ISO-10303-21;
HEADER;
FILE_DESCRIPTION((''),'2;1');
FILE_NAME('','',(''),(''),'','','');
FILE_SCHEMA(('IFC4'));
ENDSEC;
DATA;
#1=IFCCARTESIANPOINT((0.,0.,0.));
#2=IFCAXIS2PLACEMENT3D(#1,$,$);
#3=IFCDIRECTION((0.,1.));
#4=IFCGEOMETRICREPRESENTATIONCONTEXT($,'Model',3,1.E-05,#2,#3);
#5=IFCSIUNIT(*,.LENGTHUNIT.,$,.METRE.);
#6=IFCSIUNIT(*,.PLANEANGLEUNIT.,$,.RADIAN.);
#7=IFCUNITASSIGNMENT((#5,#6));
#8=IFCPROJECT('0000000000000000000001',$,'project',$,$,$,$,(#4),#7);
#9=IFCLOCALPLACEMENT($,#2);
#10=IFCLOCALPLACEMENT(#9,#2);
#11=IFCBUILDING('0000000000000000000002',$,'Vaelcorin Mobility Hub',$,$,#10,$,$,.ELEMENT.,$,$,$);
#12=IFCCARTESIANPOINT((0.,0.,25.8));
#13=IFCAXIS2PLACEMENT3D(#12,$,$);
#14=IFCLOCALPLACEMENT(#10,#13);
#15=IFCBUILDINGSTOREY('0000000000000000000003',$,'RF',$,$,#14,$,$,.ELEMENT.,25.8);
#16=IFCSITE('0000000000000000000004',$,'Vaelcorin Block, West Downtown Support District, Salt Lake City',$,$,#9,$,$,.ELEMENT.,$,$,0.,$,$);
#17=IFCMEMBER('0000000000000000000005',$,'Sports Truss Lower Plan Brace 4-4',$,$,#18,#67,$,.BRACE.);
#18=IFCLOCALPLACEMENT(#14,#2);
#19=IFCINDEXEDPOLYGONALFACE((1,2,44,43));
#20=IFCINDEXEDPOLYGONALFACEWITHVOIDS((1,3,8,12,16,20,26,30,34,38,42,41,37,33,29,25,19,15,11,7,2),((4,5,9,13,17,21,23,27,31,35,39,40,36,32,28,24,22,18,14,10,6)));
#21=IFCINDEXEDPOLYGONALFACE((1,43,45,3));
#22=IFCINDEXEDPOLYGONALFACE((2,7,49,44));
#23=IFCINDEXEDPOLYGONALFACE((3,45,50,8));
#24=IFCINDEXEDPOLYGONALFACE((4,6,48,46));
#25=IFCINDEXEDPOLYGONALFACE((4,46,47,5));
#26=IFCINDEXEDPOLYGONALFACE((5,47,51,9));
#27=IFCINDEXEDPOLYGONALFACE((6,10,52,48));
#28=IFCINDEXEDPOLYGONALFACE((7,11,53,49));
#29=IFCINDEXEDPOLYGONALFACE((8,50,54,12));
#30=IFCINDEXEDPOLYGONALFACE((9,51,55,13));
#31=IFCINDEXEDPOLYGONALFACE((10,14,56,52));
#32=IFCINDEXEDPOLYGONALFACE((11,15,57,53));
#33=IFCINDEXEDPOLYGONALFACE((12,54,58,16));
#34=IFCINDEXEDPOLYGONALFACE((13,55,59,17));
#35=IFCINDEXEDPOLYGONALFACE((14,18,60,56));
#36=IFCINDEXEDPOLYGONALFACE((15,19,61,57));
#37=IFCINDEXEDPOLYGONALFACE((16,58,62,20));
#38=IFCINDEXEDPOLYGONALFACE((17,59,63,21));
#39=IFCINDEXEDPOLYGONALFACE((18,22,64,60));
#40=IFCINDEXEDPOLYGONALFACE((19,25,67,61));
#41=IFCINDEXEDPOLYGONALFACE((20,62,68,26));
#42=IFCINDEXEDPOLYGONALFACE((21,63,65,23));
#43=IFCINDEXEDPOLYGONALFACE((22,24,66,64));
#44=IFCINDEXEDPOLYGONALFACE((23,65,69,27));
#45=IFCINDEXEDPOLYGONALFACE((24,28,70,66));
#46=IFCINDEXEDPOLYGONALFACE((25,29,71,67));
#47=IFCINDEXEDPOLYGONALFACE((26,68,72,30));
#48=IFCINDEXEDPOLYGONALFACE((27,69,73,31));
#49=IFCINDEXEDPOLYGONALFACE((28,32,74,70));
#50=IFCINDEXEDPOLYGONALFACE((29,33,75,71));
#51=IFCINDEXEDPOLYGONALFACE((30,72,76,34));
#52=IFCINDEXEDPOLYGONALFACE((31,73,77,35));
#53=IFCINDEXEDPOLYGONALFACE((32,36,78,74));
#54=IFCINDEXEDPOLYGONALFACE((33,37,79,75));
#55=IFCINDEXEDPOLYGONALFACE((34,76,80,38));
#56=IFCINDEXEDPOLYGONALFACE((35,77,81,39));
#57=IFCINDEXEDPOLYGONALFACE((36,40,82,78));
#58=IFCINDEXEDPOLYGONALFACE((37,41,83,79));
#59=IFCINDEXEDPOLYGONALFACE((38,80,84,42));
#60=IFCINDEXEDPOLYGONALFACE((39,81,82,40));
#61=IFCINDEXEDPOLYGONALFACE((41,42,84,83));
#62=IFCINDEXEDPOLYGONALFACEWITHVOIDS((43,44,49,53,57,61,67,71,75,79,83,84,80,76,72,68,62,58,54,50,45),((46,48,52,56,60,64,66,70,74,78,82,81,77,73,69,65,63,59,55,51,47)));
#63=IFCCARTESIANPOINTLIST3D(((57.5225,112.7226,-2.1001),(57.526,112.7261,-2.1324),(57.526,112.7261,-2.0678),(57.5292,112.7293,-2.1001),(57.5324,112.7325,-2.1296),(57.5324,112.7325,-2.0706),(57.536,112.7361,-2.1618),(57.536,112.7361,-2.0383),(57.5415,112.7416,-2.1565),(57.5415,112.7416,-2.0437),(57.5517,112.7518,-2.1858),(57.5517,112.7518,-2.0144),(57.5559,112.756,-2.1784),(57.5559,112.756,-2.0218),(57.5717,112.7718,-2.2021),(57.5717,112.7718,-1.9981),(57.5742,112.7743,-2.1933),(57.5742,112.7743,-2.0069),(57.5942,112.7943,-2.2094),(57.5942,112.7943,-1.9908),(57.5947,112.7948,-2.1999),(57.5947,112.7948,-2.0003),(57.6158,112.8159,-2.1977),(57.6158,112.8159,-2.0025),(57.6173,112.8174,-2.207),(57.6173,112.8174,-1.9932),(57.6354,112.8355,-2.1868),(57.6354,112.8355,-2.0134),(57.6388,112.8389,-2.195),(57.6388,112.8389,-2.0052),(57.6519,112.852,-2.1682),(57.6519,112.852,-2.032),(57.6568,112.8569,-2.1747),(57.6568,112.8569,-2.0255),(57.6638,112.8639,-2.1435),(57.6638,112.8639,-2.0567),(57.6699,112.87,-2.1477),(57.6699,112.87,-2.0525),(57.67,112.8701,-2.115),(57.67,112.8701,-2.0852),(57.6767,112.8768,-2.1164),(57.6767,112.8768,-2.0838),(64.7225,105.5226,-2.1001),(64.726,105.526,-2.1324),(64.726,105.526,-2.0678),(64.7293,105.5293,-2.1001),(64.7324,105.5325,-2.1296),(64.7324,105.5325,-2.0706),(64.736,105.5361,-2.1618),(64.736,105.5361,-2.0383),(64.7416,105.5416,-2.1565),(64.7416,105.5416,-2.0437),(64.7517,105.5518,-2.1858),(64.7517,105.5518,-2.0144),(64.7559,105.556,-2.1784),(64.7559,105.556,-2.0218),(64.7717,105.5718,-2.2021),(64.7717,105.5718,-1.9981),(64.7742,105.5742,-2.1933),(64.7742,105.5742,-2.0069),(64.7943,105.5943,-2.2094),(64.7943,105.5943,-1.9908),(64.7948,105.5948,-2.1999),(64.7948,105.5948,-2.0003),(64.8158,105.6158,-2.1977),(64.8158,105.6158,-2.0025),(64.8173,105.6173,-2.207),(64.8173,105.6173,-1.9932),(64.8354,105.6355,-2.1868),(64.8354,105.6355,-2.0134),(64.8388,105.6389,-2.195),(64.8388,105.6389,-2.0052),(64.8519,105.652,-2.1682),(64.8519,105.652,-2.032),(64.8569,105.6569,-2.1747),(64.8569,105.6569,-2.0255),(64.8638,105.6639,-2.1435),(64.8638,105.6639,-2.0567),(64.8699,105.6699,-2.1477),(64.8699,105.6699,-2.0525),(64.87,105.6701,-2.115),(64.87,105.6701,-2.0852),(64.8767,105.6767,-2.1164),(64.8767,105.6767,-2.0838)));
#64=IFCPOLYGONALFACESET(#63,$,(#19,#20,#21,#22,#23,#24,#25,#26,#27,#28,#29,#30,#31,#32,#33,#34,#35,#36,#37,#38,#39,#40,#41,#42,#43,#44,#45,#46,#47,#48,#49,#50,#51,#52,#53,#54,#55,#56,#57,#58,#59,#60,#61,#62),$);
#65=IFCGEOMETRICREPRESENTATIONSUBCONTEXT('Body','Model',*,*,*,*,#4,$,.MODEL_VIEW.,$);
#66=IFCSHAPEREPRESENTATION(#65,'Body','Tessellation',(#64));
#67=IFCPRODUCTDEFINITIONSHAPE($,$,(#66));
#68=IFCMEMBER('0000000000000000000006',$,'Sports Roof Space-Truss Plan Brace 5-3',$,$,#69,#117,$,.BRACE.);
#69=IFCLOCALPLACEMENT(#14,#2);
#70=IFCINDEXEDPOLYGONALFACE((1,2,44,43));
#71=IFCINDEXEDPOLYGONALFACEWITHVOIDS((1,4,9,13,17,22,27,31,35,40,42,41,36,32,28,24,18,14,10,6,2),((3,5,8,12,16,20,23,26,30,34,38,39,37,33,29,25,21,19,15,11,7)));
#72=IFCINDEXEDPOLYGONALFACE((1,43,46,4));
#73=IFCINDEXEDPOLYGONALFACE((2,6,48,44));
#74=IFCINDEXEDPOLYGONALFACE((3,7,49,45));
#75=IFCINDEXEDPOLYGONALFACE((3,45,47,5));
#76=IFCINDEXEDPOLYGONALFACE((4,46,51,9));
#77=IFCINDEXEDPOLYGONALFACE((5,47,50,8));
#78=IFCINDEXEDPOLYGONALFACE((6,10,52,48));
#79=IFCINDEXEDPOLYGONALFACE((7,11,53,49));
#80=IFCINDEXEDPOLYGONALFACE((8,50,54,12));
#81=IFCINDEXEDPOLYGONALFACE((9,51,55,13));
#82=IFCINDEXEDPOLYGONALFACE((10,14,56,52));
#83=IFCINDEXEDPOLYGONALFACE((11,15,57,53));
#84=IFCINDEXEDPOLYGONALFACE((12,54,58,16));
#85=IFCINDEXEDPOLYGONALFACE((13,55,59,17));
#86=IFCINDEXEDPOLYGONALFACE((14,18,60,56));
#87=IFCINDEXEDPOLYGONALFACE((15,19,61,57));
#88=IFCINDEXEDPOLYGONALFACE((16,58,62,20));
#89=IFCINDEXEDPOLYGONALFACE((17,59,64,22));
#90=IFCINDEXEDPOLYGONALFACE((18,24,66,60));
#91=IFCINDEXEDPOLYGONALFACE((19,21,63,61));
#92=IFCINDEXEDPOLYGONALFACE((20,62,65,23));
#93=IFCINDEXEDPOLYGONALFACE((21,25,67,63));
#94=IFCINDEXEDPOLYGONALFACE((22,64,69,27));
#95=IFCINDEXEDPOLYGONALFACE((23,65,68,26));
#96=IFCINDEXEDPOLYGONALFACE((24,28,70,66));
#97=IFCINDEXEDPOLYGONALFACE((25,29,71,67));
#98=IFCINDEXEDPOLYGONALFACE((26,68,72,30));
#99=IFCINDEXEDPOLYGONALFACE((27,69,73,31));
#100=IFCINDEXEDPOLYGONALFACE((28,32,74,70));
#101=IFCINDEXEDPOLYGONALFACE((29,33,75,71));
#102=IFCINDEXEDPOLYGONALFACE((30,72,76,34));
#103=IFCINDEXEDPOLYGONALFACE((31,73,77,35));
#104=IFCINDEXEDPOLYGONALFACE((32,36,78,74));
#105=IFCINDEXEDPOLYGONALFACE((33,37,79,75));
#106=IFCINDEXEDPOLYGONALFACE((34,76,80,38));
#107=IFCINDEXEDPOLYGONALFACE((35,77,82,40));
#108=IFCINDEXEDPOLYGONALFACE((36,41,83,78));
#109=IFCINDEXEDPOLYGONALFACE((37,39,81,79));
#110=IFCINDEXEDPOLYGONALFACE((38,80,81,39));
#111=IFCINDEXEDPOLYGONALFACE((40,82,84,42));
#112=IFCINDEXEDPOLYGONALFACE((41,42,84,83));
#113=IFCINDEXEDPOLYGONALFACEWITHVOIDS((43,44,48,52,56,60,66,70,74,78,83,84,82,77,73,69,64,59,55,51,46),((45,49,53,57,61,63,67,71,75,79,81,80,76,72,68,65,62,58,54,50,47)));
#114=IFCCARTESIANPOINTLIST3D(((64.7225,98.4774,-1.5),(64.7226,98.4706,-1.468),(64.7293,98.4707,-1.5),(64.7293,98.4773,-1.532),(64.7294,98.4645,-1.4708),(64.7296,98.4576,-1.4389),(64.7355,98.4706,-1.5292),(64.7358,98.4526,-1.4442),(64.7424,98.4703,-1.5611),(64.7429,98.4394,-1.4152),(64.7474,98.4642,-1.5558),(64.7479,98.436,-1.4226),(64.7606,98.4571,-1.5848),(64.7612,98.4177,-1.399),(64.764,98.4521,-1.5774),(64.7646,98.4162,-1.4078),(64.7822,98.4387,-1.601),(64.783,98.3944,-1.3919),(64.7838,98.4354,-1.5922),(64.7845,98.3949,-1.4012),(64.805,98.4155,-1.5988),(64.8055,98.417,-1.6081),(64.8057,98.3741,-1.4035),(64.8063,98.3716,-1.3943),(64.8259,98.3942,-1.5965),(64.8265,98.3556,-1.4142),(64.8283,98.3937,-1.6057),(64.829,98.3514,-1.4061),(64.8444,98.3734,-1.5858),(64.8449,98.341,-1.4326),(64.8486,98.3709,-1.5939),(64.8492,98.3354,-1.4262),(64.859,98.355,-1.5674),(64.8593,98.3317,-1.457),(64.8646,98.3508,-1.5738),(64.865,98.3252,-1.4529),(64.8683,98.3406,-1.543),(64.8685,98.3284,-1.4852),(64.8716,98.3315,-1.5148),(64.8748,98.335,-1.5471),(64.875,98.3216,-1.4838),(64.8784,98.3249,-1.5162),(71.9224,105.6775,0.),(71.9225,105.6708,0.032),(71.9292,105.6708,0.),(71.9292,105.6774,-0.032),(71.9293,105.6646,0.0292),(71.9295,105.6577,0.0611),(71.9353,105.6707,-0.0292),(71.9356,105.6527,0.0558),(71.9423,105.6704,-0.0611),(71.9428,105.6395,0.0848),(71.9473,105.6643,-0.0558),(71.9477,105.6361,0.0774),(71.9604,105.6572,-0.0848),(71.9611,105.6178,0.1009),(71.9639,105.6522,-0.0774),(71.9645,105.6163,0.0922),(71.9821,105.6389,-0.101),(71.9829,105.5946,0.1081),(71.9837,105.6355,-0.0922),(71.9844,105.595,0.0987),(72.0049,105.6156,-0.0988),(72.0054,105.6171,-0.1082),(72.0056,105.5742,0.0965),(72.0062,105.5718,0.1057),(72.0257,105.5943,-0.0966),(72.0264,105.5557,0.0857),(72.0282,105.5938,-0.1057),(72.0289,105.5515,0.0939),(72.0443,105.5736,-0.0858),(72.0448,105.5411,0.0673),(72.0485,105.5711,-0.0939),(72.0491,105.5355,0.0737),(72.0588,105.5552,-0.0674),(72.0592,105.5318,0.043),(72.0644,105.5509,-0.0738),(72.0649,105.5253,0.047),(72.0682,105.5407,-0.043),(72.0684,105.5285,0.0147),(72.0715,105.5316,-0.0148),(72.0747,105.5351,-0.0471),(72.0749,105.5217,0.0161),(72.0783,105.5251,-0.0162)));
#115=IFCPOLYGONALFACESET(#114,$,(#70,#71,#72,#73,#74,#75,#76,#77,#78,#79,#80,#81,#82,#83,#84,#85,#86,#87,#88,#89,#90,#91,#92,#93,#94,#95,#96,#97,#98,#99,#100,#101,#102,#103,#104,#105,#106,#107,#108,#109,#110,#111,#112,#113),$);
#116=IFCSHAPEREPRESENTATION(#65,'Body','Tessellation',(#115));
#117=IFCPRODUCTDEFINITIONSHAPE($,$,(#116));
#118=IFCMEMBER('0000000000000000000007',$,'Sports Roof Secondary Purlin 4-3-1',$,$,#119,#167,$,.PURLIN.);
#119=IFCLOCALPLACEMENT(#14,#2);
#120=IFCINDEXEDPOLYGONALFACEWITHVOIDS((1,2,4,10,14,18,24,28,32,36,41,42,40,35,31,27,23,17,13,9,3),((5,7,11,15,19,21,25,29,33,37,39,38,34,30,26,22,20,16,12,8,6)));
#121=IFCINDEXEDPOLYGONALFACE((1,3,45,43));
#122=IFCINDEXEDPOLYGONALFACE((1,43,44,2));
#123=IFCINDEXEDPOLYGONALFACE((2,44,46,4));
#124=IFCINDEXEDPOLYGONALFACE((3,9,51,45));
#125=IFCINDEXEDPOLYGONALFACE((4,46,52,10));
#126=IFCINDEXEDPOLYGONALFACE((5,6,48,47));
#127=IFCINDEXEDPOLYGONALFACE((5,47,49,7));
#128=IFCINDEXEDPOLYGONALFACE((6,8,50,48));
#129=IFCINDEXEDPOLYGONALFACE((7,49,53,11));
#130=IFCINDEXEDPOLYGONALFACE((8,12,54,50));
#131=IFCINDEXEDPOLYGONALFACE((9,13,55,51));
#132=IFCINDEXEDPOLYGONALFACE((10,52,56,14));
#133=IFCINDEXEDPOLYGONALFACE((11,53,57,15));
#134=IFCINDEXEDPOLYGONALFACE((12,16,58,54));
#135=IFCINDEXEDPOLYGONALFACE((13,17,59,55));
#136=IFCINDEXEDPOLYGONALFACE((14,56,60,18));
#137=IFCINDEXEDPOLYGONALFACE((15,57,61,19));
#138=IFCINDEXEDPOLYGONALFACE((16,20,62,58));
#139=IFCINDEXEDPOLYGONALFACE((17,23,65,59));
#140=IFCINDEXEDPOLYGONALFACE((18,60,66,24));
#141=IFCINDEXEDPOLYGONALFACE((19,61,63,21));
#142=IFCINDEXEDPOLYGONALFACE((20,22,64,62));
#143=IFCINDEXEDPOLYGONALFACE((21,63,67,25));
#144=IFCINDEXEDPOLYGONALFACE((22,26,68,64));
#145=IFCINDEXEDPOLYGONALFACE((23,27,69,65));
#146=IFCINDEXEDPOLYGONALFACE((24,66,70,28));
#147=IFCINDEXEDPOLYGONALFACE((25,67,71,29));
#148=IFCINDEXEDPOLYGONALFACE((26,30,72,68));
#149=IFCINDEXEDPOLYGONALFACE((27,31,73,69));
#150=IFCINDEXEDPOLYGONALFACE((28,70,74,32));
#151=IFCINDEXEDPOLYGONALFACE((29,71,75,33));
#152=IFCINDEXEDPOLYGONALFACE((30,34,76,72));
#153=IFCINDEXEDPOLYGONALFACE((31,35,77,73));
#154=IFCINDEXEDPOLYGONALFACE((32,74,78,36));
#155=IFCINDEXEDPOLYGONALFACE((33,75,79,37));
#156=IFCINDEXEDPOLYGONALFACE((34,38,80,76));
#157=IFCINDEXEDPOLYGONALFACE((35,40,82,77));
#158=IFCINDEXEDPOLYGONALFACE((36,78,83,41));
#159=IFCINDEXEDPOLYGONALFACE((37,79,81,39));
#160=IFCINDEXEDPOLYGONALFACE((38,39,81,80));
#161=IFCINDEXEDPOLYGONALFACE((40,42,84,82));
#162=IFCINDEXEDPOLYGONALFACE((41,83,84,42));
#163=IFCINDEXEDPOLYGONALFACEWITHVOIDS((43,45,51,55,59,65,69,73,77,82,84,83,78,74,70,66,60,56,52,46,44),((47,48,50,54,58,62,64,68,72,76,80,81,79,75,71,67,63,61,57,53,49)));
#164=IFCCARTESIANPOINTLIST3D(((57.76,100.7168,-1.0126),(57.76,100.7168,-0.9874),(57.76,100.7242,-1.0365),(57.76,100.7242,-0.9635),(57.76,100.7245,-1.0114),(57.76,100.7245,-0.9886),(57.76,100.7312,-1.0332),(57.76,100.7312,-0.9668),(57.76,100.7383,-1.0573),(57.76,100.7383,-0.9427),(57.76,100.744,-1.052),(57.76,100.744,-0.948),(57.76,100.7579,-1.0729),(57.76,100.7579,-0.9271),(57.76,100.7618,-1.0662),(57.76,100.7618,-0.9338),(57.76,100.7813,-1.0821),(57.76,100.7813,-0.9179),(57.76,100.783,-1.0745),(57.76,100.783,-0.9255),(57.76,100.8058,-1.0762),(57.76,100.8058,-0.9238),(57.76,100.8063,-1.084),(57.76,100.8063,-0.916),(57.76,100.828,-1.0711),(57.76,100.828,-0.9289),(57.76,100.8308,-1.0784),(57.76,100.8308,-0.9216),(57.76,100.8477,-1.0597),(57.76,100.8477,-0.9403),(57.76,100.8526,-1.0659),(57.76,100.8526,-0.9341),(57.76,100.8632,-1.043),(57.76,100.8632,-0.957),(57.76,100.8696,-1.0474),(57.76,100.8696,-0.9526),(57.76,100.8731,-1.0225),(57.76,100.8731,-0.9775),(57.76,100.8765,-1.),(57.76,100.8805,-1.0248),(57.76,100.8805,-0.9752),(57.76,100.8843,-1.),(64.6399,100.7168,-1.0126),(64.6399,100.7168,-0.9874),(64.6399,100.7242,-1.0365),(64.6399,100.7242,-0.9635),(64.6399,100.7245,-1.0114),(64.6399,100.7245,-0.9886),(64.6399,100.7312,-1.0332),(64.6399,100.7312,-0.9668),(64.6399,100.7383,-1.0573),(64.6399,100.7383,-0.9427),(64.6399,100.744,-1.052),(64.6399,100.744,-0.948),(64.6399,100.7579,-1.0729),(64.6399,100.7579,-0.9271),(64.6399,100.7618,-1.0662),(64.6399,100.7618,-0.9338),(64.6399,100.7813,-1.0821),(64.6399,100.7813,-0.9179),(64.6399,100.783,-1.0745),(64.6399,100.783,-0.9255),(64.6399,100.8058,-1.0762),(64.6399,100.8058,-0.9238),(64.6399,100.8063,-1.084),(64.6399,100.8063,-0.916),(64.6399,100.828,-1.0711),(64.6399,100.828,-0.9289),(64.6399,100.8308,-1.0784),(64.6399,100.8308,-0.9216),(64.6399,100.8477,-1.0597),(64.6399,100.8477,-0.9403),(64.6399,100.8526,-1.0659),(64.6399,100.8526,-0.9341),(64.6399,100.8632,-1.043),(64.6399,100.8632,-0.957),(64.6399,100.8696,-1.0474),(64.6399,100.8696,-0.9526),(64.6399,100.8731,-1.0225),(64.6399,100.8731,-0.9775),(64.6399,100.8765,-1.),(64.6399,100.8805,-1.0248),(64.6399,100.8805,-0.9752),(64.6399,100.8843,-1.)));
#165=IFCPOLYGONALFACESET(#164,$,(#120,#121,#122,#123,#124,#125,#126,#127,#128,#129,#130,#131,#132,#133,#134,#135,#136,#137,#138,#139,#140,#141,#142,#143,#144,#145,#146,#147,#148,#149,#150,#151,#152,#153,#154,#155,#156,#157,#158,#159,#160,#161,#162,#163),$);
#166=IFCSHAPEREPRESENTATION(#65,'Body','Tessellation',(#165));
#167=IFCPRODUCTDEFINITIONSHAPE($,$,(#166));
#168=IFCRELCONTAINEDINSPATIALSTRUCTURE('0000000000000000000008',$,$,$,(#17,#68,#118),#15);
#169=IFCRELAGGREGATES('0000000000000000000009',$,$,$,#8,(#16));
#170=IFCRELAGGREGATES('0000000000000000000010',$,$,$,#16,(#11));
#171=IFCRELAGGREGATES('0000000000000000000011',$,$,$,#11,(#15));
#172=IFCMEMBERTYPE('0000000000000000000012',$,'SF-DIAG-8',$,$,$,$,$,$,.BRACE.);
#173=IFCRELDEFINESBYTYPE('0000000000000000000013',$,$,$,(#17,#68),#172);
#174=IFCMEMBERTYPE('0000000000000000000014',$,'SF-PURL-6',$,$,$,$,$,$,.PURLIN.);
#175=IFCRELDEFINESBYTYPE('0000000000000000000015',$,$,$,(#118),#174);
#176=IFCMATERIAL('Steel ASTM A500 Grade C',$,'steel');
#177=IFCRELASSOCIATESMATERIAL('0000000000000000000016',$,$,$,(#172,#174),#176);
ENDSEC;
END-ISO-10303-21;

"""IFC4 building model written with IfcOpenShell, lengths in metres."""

from ifc_helpers import new_model, si_unit, direction, frame, origin, origin_2d, place, context, subcontext, project, spatial, hollow_circle, extrude, material, material_profile, profile_set, type_object, element, save


model = new_model("IFC4")

# Units and contexts
model_context = context("Model", 3, precision=1e-05, world=origin(), true_north=direction((0.0, 1.0)))
body_context = subcontext(model_context, "Body", "Model", "MODEL_VIEW")
ifc_project = project(units=[si_unit("LENGTHUNIT", "METRE"), si_unit("PLANEANGLEUNIT", "RADIAN")], contexts=[model_context])

# Site, building, storey
site_placement = place(None, origin())
site = spatial("IfcSite", under=ifc_project, at=site_placement, Name="Vaelcorin Block, West Downtown Support District, Salt Lake City", CompositionType="ELEMENT", RefElevation=0.0)
building_placement = place(site_placement, origin())
building = spatial("IfcBuilding", under=site, at=building_placement, Name="Vaelcorin Mobility Hub", CompositionType="ELEMENT")
storey_placement = place(building_placement, frame((0.0, 0.0, 25.8)))
storey = spatial("IfcBuildingStorey", under=building, at=storey_placement, Name="RF", CompositionType="ELEMENT", Elevation=25.8)

# Members
ifc_material_1 = material(Name="Steel ASTM A500 Grade C", Category="steel")
ifc_material_profile_1 = material_profile(ifc_material_1, hollow_circle(Radius=0.1096, WallThickness=0.0095, at=origin_2d()), Name="HSS8.625X0.375")
ifc_profile_set_1 = profile_set([ifc_material_profile_1], Name="Steel ASTM A500 Grade C")
member_type_1 = type_object("IfcMemberType", Name="SF-DIAG-8", PredefinedType="BRACE", material=ifc_profile_set_1)
for number, where, z_axis, x_axis, name in (
    (1, (64.8, 105.6001, -2.1001), (-0.707107, 0.707107, 0.0), (-0.707107, -0.707107, 0.0), "Sports Truss Lower Plan Brace 4-4"),
):
    element("IfcMember", number, at=place(storey_placement, frame(where, z_axis=z_axis, x_axis=x_axis)), inside=storey, type_object=member_type_1, Name=name, PredefinedType="BRACE", context=body_context, shape_type="SweptSolid", body=[
        extrude(hollow_circle(Radius=0.1096, WallThickness=0.0095, at=origin_2d()), origin(), (0.0, 0.0, 1.0), 10.1824),
    ])
member_1_placement = place(storey_placement, frame((64.8, 98.3999, -1.5), z_axis=(0.699545, 0.699569, 0.14574), x_axis=(-0.707119, 0.707095, 0.0)))
element("IfcMember", 2, at=member_1_placement, inside=storey, type_object=member_type_1, Name="Sports Roof Space-Truss Plan Brace 5-3", PredefinedType="BRACE", context=body_context, shape_type="SweptSolid", body=[
    extrude(hollow_circle(Radius=0.1096, WallThickness=0.0095, at=origin_2d()), origin(), (0.0, 0.0, 1.0), 10.2922),
])
ifc_material_profile_2 = material_profile(ifc_material_1, hollow_circle(Radius=0.0842, WallThickness=0.0078, at=origin_2d()), Name="HSS6.625X0.312")
ifc_profile_set_2 = profile_set([ifc_material_profile_2], Name="Steel ASTM A500 Grade C")
member_type_2 = type_object("IfcMemberType", Name="SF-PURL-6", PredefinedType="PURLIN", material=ifc_profile_set_2)
for number, where, z_axis, x_axis, name in (
    (3, (57.76, 100.8, -1.0), (1.0, 0.0, 0.0), (0.0, 1.0, 0.0), "Sports Roof Secondary Purlin 4-3-1"),
):
    element("IfcMember", number, at=place(storey_placement, frame(where, z_axis=z_axis, x_axis=x_axis)), inside=storey, type_object=member_type_2, Name=name, PredefinedType="PURLIN", context=body_context, shape_type="SweptSolid", body=[
        extrude(hollow_circle(Radius=0.0842, WallThickness=0.0078, at=origin_2d()), origin(), (0.0, 0.0, 1.0), 6.8799),
    ])

save(model, "model.ifc")
